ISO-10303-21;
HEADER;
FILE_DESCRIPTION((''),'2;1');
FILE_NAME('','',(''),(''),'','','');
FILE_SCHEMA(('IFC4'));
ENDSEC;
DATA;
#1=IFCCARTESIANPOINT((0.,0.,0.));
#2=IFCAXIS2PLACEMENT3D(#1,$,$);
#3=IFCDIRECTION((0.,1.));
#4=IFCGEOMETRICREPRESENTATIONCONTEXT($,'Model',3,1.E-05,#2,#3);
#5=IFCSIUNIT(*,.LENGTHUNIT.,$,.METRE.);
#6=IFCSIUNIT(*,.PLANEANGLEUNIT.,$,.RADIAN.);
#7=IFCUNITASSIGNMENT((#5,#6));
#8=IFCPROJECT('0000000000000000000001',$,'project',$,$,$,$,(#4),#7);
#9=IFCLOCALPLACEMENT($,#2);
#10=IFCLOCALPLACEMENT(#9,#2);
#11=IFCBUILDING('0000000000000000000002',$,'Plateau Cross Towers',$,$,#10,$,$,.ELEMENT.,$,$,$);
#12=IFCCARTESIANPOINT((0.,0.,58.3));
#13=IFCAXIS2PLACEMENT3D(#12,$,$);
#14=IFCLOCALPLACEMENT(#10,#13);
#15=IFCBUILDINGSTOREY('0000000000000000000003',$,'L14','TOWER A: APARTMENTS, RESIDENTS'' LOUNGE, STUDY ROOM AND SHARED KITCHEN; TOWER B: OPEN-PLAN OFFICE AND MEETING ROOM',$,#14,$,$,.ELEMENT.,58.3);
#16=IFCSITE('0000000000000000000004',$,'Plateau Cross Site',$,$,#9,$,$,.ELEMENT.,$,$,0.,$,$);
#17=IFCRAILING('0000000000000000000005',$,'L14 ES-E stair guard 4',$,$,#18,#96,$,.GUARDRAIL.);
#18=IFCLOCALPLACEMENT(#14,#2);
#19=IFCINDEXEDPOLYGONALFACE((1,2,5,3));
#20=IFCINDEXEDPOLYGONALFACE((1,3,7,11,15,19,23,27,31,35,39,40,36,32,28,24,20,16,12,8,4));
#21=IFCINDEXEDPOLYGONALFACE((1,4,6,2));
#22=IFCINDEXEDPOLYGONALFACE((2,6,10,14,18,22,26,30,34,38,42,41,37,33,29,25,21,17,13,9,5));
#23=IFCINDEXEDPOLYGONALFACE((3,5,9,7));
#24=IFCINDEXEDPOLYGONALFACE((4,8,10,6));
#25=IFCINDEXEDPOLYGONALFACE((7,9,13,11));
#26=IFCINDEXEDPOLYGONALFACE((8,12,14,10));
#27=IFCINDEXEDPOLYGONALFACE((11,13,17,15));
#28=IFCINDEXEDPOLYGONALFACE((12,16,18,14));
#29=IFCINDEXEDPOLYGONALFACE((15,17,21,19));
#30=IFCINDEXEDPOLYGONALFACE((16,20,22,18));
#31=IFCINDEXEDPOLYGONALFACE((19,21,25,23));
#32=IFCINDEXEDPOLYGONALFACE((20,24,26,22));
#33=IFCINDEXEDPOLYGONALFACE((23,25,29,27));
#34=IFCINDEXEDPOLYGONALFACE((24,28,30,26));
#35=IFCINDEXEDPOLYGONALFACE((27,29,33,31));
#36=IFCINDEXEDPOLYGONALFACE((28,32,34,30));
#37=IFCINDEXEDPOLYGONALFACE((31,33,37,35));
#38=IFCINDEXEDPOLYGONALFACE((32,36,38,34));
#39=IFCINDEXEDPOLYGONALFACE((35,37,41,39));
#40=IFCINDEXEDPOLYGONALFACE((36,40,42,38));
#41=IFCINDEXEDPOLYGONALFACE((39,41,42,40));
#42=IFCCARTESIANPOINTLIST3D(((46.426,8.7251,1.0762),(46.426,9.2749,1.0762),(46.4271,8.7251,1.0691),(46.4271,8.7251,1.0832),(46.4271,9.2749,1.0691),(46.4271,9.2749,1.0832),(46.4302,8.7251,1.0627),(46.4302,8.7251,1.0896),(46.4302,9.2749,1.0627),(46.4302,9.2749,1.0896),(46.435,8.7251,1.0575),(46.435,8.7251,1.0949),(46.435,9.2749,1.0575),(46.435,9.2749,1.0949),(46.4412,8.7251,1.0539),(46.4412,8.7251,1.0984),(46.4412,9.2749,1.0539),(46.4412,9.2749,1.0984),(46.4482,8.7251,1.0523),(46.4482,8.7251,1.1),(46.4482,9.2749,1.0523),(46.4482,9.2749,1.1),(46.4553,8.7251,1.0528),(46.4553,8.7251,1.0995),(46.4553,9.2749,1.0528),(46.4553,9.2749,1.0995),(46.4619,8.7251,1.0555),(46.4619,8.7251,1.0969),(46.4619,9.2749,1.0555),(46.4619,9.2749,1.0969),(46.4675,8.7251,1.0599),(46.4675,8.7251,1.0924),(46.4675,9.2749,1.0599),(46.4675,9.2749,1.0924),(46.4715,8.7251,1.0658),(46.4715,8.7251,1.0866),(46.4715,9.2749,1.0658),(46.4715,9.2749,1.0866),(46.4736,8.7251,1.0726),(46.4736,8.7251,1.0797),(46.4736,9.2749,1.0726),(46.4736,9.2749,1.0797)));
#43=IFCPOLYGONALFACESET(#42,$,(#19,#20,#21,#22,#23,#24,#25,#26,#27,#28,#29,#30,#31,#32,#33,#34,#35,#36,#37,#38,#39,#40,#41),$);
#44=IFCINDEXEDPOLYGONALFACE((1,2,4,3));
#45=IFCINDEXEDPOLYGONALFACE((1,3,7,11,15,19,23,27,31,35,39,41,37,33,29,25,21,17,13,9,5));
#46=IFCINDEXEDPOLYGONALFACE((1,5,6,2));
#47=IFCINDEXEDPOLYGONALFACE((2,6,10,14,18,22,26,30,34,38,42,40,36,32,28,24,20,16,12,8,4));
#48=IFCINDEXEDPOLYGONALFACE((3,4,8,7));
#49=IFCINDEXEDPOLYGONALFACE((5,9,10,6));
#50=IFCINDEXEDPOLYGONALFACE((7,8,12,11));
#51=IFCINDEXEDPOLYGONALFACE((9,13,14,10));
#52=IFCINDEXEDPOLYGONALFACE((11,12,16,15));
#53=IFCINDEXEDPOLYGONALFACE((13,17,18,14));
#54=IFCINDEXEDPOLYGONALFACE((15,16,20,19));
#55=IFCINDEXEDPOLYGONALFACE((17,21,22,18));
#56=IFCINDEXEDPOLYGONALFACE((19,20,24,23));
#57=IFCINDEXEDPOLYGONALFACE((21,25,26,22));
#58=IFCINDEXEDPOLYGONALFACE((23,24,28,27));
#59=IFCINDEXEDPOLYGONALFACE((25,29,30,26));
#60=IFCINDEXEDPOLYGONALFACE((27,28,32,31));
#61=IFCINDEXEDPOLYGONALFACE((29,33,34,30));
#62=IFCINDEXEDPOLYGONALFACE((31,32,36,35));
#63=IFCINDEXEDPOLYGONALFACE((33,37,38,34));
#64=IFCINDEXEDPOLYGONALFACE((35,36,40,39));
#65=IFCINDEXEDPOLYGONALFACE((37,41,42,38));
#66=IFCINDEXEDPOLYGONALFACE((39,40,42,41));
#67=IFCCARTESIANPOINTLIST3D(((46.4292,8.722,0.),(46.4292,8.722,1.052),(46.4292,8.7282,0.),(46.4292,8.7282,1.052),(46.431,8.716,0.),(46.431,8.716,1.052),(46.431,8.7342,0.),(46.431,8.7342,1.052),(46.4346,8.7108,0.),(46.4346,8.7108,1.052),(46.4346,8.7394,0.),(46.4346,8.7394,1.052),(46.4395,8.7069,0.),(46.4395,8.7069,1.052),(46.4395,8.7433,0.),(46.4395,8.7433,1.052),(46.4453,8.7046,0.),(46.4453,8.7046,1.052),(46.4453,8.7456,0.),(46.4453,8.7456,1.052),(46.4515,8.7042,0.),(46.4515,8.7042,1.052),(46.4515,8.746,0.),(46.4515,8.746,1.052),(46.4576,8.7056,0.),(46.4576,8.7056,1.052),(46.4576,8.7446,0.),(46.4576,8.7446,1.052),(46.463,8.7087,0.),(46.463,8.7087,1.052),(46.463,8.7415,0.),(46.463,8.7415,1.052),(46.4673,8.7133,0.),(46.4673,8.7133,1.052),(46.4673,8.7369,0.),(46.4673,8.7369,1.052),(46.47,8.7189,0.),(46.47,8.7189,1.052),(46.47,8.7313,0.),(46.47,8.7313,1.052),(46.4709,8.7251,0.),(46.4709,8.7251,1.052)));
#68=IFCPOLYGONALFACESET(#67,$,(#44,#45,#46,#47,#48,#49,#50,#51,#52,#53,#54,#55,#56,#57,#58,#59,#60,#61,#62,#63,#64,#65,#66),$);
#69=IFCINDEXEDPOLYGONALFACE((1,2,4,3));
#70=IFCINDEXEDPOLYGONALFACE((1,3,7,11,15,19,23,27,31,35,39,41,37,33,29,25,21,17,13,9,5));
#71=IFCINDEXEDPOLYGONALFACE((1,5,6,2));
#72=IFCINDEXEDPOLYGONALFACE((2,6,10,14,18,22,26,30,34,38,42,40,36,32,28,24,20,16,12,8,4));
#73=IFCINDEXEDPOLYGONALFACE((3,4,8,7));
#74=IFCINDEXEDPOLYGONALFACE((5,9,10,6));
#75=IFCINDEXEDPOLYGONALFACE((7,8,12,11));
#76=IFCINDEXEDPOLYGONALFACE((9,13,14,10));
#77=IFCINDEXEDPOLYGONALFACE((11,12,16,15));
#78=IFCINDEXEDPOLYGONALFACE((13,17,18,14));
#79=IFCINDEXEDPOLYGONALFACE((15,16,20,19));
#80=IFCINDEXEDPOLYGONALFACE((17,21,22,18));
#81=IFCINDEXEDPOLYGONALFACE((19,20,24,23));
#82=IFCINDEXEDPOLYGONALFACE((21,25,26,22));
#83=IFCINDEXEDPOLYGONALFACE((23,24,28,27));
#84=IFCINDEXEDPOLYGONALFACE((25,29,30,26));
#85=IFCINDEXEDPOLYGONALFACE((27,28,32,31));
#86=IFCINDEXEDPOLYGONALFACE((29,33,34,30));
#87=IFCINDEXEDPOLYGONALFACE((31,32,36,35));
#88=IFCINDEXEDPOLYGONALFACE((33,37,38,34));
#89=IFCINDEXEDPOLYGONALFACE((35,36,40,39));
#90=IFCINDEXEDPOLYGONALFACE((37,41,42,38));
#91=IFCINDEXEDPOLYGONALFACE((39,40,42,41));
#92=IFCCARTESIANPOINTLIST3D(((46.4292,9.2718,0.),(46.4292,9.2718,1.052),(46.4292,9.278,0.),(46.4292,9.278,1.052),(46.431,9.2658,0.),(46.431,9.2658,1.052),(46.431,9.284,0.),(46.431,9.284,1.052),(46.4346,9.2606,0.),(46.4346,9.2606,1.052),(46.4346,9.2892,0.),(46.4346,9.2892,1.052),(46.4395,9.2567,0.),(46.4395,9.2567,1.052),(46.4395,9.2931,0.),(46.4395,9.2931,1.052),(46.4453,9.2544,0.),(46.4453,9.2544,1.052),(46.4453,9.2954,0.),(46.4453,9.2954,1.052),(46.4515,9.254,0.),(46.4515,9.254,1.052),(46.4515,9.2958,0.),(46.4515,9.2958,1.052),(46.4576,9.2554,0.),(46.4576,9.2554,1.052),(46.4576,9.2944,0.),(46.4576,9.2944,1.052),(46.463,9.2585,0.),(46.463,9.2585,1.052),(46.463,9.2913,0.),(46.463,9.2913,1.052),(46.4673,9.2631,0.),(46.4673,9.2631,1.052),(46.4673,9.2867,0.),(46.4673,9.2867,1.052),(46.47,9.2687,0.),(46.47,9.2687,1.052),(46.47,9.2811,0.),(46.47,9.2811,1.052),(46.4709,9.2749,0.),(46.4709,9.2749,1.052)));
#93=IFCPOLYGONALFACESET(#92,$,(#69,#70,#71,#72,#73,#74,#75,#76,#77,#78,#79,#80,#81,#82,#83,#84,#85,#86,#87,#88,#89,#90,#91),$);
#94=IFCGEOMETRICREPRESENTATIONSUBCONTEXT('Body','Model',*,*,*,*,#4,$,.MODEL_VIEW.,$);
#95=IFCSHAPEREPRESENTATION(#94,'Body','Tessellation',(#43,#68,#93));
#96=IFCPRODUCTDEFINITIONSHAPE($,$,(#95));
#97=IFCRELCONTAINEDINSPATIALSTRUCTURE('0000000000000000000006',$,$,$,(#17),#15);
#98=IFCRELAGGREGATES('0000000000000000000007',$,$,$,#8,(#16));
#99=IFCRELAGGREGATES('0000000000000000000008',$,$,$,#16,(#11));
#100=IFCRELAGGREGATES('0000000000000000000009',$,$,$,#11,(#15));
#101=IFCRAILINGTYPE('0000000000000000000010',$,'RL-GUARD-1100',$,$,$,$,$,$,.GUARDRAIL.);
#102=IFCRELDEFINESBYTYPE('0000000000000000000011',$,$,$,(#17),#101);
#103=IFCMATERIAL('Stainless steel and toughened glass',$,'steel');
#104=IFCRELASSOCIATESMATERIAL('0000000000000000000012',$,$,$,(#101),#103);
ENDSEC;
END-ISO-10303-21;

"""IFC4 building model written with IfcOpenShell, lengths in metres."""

from ifc_helpers import new_model, si_unit, direction, frame, origin, origin_2d, place, context, subcontext, project, spatial, circle, extrude, material, type_object, element, save


model = new_model("IFC4")

# Units and contexts
model_context = context("Model", 3, precision=1e-05, world=origin(), true_north=direction((0.0, 1.0)))
body_context = subcontext(model_context, "Body", "Model", "MODEL_VIEW")
ifc_project = project(units=[si_unit("LENGTHUNIT", "METRE"), si_unit("PLANEANGLEUNIT", "RADIAN")], contexts=[model_context])

# Site, building, storey
site_placement = place(None, origin())
site = spatial("IfcSite", under=ifc_project, at=site_placement, Name="Plateau Cross Site", CompositionType="ELEMENT", RefElevation=0.0)
building_placement = place(site_placement, origin())
building = spatial("IfcBuilding", under=site, at=building_placement, Name="Plateau Cross Towers", CompositionType="ELEMENT")
storey_placement = place(building_placement, frame((0.0, 0.0, 58.3)))
storey = spatial("IfcBuildingStorey", under=building, at=storey_placement, Name="L14", Description="TOWER A: APARTMENTS, RESIDENTS' LOUNGE, STUDY ROOM AND SHARED KITCHEN; TOWER B: OPEN-PLAN OFFICE AND MEETING ROOM", CompositionType="ELEMENT", Elevation=58.3)

# Railing
ifc_material_1 = material(Name="Stainless steel and toughened glass", Category="steel")
railing_type_1 = type_object("IfcRailingType", Name="RL-GUARD-1100", PredefinedType="GUARDRAIL", material=ifc_material_1)
railing_1_placement = place(storey_placement, frame((46.45, 8.7251, 0.0)))
element("IfcRailing", 1, at=railing_1_placement, inside=storey, type_object=railing_type_1, Name="L14 ES-E stair guard 4", PredefinedType="GUARDRAIL", context=body_context, shape_type="SweptSolid", body=[
    extrude(circle(Radius=0.0239, at=origin_2d()), frame((0.0, 0.0, 1.0762), z_axis=(0.0, 1.0, 0.0), x_axis=(-1.0, 0.0, 0.0)), (0.0, 0.0, 1.0), 0.5498),
    extrude(circle(Radius=0.021, at=origin_2d()), origin(), (0.0, 0.0, 1.0), 1.052),
    extrude(circle(Radius=0.021, at=origin_2d()), frame((0.0, 0.5498, 0.0)), (0.0, 0.0, 1.0), 1.052),
])

save(model, "model.ifc")
